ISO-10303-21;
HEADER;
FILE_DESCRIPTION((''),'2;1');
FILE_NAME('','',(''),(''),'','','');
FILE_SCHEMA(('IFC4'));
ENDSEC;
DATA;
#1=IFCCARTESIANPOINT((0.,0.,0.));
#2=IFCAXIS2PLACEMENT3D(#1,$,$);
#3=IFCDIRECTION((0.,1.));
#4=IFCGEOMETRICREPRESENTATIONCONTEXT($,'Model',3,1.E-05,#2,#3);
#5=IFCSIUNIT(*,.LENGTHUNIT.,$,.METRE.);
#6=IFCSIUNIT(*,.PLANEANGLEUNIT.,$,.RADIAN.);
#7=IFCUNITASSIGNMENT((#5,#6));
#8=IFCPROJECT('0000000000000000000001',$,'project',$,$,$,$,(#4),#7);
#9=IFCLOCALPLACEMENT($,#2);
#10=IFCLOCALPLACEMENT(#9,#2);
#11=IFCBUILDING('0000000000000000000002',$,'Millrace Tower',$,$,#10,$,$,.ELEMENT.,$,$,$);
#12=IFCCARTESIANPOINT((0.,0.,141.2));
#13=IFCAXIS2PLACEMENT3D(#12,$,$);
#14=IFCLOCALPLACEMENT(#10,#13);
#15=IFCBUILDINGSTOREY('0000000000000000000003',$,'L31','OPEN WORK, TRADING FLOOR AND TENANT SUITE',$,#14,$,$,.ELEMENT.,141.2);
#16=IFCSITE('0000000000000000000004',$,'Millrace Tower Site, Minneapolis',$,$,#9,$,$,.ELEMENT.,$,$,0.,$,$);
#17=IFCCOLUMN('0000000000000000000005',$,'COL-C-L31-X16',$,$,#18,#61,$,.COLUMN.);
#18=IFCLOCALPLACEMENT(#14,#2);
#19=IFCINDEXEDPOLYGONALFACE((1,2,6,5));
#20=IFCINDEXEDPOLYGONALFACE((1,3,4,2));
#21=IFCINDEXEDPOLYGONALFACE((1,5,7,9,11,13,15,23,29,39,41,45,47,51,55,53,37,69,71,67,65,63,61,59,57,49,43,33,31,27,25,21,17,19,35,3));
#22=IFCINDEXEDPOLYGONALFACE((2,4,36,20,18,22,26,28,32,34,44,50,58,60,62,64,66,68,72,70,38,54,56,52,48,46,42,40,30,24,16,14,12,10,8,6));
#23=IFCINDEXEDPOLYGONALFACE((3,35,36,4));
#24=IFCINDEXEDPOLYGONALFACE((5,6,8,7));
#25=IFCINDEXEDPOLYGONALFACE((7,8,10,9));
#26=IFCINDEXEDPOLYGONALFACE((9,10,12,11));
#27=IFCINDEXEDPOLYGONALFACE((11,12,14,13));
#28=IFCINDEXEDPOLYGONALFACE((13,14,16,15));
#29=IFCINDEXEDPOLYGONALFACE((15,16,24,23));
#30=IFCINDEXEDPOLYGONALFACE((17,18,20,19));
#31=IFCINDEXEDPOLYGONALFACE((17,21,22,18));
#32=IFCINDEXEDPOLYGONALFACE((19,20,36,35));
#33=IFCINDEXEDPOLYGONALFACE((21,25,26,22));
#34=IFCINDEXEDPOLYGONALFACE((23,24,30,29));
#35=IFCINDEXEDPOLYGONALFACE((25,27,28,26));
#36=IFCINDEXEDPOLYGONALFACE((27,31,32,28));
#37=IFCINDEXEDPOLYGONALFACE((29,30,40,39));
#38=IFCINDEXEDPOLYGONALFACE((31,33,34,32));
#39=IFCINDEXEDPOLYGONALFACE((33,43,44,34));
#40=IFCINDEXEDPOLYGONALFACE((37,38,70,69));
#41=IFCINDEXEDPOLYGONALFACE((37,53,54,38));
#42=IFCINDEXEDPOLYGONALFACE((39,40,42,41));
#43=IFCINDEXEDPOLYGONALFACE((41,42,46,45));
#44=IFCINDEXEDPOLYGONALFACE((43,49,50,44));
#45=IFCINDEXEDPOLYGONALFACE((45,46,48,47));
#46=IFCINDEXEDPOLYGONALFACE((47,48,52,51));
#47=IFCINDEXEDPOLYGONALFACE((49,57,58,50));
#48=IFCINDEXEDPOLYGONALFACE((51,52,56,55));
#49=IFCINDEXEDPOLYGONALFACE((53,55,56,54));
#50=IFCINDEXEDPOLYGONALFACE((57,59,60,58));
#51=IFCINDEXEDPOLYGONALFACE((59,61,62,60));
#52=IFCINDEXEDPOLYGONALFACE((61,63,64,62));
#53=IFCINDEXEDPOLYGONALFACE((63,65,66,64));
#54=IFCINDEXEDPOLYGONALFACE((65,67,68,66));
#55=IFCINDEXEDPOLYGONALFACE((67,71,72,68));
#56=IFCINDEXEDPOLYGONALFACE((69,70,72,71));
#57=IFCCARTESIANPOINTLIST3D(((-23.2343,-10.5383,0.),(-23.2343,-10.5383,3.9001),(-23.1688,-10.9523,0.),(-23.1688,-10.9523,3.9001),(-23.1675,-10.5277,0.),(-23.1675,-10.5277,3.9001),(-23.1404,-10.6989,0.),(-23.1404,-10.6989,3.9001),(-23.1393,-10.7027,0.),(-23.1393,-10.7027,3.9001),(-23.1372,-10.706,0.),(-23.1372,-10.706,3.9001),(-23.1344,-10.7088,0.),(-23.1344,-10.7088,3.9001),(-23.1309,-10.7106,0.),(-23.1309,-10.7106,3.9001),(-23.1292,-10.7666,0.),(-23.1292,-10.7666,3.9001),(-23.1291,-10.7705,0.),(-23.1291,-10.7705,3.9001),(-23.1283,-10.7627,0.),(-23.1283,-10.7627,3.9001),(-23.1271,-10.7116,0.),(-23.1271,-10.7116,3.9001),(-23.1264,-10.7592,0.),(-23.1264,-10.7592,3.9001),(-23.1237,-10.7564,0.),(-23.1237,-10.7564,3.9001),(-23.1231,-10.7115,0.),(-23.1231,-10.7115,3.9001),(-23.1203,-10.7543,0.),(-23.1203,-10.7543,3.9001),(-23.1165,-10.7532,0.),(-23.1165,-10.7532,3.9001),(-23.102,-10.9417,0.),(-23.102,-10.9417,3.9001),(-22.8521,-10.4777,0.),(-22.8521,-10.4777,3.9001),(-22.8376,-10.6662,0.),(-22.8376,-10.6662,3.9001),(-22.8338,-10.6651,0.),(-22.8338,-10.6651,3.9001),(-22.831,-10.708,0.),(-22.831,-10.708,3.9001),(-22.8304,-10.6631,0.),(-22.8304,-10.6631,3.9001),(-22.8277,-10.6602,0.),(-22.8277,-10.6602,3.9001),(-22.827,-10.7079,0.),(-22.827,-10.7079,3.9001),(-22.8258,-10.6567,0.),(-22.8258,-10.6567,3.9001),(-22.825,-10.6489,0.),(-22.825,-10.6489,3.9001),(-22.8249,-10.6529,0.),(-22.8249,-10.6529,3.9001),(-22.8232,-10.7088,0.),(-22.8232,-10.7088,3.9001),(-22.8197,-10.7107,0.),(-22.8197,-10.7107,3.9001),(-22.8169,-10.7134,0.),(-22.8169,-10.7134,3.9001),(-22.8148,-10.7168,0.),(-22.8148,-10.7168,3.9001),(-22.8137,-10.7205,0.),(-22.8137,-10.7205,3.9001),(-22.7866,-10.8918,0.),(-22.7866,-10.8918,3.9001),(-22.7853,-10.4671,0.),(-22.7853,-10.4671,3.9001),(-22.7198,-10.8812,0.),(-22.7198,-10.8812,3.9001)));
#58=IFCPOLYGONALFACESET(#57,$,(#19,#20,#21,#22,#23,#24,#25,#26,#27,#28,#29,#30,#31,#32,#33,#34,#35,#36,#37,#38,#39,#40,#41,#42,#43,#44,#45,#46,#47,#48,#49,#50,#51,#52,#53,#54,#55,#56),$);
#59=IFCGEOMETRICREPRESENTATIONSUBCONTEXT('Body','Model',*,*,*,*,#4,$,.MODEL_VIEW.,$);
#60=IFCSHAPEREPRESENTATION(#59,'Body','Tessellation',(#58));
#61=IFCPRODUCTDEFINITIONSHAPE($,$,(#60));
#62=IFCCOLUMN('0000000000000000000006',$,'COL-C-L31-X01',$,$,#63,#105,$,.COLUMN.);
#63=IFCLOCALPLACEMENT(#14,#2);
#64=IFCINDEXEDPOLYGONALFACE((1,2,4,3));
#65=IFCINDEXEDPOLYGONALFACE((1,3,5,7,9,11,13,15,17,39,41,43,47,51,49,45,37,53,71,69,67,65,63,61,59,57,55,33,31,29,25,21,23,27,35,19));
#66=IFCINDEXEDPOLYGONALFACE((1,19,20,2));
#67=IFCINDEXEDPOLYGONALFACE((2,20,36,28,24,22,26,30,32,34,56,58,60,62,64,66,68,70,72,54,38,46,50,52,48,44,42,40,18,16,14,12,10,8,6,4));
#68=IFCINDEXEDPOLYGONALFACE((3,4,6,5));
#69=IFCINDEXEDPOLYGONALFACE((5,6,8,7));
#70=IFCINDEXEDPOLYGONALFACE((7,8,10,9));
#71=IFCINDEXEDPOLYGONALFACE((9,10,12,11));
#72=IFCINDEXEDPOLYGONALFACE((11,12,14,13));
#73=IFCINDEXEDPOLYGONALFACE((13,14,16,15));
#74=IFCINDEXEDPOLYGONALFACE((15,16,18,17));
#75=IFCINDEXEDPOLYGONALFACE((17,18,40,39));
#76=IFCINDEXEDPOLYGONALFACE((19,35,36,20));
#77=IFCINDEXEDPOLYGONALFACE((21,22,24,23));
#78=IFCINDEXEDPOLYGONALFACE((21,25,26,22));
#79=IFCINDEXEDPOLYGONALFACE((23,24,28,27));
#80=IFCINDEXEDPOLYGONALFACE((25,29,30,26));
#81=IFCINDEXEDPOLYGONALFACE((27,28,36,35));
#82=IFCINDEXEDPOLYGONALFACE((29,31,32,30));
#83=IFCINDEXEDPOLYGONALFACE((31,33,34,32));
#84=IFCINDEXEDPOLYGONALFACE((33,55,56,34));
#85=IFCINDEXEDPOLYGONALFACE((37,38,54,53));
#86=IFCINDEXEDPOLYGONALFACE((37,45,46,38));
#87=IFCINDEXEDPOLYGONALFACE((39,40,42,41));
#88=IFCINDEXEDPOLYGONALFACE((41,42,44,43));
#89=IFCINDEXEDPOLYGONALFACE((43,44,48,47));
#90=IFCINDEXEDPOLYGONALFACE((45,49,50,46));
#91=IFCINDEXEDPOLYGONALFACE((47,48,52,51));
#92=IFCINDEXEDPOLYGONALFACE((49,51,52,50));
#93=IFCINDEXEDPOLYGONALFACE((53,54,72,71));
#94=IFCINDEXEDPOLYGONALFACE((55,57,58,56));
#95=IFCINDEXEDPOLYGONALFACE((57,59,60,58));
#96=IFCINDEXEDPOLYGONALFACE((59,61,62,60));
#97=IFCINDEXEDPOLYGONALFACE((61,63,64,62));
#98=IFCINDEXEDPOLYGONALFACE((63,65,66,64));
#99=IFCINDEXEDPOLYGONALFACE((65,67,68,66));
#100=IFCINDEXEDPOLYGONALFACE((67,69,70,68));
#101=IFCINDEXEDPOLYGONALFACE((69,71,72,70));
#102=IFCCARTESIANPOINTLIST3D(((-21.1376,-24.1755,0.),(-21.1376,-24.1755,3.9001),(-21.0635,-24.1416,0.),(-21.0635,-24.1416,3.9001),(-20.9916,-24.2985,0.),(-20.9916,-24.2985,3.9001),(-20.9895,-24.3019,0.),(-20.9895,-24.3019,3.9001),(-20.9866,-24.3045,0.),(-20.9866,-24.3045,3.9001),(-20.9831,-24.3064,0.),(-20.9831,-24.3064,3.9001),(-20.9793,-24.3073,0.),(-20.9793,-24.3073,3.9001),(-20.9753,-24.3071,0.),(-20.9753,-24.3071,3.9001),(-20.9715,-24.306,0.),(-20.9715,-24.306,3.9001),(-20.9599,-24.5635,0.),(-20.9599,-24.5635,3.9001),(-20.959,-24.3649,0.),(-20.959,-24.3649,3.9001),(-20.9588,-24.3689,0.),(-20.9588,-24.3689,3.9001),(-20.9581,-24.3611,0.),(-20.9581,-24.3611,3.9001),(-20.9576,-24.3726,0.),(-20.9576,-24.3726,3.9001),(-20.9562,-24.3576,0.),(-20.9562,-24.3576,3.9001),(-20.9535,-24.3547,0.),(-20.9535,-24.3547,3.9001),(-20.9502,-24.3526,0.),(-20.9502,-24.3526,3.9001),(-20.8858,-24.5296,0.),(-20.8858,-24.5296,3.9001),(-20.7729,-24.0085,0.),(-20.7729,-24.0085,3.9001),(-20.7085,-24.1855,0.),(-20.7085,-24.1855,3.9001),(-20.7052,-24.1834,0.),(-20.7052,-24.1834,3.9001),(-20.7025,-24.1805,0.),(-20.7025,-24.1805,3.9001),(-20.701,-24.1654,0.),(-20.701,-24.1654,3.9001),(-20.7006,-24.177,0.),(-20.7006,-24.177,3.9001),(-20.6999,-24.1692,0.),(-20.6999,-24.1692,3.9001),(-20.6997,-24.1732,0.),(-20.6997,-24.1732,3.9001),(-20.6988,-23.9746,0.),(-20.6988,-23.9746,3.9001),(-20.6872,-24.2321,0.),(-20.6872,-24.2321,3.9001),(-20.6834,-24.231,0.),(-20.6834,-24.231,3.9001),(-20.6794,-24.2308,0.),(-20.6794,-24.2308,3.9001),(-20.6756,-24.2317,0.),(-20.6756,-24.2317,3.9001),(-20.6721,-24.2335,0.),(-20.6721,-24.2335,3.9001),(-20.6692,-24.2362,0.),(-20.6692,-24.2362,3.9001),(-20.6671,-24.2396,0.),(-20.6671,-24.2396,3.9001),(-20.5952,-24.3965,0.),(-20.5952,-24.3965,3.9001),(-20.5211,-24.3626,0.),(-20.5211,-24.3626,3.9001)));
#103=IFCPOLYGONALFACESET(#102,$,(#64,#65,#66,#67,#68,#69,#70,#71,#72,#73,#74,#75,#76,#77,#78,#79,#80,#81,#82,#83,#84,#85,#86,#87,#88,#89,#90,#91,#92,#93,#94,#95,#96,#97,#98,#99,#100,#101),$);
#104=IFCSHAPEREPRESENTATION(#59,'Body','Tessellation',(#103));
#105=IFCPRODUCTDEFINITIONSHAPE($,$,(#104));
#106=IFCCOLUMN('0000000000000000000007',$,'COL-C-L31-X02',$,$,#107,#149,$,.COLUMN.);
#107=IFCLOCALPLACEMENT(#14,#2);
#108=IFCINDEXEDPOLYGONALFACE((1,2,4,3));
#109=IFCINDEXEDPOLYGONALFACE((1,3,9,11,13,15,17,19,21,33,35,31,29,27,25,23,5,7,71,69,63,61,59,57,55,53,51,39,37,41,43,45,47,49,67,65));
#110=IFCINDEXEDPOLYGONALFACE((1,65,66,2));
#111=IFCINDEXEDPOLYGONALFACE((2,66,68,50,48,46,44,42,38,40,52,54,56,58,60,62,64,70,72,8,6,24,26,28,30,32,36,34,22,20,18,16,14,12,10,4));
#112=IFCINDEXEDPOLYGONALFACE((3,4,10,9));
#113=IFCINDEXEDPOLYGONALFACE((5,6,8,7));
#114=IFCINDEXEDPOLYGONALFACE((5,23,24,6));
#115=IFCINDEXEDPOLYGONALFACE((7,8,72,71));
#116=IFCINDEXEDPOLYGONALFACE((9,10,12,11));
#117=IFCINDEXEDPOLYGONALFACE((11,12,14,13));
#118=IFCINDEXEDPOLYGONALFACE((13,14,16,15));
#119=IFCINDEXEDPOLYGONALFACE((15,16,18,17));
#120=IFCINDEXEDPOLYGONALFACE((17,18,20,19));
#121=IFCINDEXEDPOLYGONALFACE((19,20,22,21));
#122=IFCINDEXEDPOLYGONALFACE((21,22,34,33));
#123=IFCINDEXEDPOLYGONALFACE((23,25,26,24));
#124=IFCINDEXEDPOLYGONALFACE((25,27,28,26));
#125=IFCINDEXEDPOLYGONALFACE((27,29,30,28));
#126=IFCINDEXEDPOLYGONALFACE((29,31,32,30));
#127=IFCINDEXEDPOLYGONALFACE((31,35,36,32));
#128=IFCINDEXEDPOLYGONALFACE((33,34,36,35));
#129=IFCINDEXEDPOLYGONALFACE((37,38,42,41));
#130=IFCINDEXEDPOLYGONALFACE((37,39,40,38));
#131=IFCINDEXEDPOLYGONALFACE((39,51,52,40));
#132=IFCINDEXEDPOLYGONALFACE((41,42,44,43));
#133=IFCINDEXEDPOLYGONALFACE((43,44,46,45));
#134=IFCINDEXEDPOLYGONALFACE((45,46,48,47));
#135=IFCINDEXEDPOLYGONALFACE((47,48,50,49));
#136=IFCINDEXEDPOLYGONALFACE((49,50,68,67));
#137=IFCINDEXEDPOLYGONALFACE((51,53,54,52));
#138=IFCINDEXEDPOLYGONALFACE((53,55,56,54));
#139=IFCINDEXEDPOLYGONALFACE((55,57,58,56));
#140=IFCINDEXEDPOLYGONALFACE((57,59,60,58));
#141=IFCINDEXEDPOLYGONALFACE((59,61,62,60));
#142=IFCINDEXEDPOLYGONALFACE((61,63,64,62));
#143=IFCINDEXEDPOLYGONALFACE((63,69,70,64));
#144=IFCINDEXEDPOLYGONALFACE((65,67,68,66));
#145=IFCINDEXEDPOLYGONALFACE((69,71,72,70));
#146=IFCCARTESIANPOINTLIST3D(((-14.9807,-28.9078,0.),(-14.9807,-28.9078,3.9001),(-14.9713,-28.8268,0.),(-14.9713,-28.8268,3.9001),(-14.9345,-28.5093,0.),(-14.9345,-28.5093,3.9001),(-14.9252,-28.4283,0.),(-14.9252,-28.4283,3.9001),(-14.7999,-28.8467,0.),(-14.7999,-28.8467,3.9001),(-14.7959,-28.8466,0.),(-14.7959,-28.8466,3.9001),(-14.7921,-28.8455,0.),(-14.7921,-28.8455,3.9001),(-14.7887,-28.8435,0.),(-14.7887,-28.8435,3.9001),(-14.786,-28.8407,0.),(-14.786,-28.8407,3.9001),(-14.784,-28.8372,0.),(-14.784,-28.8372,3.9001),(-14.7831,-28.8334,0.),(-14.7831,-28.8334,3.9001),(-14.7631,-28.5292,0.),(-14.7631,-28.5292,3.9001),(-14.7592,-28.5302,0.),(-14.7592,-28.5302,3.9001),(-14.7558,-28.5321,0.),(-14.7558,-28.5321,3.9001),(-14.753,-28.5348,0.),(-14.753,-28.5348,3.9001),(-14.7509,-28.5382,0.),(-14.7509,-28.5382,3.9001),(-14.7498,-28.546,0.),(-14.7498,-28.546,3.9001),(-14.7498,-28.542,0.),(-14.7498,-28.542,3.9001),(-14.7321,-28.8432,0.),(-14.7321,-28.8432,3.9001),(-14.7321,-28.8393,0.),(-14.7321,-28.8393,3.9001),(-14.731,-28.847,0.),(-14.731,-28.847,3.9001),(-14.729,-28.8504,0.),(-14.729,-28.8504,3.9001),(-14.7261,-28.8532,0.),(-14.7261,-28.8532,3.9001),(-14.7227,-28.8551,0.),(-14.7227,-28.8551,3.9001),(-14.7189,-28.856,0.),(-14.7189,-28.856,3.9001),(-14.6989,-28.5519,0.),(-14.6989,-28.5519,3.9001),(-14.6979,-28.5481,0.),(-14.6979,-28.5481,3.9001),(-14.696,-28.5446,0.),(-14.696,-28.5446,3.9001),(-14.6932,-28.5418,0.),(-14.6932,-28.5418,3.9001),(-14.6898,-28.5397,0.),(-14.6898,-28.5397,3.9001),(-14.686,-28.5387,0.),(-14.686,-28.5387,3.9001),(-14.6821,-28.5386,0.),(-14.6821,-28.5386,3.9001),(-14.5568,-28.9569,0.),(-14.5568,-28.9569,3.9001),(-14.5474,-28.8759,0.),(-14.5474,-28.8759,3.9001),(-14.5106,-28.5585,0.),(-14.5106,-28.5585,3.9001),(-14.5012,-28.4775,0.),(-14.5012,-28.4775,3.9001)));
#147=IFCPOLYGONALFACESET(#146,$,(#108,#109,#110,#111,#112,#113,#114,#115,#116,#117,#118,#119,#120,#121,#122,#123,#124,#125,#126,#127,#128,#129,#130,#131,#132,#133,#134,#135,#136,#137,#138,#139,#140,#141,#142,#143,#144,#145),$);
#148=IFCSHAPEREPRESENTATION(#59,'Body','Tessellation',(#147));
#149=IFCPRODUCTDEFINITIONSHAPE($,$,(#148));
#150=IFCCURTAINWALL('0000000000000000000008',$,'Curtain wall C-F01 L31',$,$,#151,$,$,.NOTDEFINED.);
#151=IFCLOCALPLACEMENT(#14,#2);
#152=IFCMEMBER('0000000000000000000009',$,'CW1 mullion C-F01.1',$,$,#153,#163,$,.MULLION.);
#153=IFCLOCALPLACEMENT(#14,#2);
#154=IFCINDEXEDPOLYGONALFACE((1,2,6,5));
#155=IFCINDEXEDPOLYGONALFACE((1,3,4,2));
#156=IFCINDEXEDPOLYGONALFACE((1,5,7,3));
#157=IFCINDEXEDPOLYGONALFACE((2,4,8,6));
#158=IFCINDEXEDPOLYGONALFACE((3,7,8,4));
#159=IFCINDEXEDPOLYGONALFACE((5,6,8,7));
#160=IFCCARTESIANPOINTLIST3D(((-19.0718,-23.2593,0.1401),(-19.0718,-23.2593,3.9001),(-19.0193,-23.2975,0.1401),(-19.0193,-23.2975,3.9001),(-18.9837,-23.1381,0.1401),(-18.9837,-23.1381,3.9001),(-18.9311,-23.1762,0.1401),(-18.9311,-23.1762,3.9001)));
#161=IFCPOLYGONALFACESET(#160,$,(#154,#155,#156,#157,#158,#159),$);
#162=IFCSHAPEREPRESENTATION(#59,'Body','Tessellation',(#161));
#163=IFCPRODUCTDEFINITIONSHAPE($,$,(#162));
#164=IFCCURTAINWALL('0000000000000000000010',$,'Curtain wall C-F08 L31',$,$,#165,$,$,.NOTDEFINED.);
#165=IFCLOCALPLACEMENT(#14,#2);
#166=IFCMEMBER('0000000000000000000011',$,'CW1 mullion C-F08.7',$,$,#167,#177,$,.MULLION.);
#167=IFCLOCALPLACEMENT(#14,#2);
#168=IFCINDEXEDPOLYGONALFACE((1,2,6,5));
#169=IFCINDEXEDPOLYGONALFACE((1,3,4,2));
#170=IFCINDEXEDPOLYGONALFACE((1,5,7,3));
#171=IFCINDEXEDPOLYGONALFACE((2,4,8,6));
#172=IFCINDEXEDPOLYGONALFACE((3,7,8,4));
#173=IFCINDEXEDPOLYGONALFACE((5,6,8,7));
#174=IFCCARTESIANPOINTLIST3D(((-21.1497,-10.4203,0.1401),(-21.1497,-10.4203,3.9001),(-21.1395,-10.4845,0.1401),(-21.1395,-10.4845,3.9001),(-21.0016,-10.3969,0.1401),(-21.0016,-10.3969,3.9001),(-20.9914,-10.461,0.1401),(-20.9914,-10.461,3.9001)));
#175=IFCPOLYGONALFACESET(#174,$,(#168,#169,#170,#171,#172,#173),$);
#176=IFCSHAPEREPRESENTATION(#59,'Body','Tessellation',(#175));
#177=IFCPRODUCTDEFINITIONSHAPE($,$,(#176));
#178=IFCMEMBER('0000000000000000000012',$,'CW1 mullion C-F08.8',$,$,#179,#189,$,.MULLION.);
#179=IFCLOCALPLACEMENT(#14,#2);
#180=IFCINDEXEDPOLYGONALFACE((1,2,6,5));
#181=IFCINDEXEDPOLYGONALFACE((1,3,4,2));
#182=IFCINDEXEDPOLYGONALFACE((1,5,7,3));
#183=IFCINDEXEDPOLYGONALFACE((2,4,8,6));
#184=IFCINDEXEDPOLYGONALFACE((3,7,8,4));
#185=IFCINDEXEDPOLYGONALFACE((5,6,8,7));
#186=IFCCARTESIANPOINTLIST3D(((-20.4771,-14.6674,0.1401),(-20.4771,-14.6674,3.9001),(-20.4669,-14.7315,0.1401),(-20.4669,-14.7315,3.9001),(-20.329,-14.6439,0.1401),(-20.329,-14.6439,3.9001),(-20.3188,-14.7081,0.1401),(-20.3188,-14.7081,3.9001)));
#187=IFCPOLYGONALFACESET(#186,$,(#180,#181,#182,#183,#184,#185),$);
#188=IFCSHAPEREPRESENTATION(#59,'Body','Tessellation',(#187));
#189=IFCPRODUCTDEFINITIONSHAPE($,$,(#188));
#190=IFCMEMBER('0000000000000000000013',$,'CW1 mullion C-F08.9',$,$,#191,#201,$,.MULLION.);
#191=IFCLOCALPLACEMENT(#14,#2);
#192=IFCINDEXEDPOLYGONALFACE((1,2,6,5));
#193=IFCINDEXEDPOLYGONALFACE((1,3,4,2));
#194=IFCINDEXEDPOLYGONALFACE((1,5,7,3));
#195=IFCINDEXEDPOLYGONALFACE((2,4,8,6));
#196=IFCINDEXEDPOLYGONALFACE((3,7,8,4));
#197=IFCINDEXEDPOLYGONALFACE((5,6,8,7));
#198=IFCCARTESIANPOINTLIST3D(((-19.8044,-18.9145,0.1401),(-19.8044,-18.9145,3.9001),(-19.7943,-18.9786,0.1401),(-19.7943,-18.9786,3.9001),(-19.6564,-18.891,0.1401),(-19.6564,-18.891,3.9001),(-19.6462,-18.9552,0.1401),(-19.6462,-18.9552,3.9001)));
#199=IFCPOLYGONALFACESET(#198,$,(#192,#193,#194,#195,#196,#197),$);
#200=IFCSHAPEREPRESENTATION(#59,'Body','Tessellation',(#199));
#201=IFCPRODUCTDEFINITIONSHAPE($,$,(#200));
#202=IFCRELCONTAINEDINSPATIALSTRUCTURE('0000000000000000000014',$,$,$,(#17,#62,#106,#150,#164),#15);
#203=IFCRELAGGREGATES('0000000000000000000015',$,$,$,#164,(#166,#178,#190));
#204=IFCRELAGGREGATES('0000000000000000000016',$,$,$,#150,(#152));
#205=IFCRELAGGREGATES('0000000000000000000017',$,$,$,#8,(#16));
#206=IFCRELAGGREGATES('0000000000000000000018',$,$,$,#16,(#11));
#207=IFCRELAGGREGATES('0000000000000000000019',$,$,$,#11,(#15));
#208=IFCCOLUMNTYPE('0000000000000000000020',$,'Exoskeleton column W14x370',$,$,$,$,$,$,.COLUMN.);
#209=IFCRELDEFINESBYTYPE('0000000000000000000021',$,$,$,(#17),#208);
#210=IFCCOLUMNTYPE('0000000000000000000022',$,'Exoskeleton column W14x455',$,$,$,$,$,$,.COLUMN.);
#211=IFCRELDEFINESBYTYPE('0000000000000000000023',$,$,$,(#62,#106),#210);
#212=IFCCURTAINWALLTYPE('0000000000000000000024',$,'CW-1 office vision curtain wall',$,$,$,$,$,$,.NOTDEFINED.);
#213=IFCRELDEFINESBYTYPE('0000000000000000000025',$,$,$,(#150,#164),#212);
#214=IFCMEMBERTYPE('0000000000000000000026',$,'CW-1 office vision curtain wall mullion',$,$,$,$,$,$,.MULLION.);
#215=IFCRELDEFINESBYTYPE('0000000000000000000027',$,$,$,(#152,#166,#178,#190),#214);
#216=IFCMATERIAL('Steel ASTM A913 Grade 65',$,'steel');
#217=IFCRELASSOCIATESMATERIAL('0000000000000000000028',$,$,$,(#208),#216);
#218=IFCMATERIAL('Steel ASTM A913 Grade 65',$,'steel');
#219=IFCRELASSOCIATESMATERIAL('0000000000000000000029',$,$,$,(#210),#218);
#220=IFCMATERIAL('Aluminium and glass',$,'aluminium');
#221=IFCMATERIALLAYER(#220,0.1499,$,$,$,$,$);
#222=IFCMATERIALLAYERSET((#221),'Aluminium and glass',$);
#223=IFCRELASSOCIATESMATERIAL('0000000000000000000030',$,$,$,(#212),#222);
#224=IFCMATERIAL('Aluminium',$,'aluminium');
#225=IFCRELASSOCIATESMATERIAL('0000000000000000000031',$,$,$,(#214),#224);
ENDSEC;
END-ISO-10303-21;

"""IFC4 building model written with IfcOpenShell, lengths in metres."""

from ifc_helpers import new_model, si_unit, direction, frame, origin, origin_2d, place, context, subcontext, project, spatial, rectangle, i_section, extrude, material, layer, layer_set, material_profile, profile_set, type_object, element, aggregate, save


model = new_model("IFC4")

# Units and contexts
model_context = context("Model", 3, precision=1e-05, world=origin(), true_north=direction((0.0, 1.0)))
body_context = subcontext(model_context, "Body", "Model", "MODEL_VIEW")
ifc_project = project(units=[si_unit("LENGTHUNIT", "METRE"), si_unit("PLANEANGLEUNIT", "RADIAN")], contexts=[model_context])

# Site, building, storey
site_placement = place(None, origin())
site = spatial("IfcSite", under=ifc_project, at=site_placement, Name="Millrace Tower Site, Minneapolis", CompositionType="ELEMENT", RefElevation=0.0)
building_placement = place(site_placement, origin())
building = spatial("IfcBuilding", under=site, at=building_placement, Name="Millrace Tower", CompositionType="ELEMENT")
storey_placement = place(building_placement, frame((0.0, 0.0, 141.2)))
storey = spatial("IfcBuildingStorey", under=building, at=storey_placement, Name="L31", Description="OPEN WORK, TRADING FLOOR AND TENANT SUITE", CompositionType="ELEMENT", Elevation=141.2)

# Columns
ifc_material_1 = material(Name="Steel ASTM A913 Grade 65", Category="steel")
ifc_material_profile_1 = material_profile(ifc_material_1, i_section(OverallWidth=0.4192, OverallDepth=0.4546, WebThickness=0.0422, FlangeThickness=0.0676, FilletRadius=0.0151, at=origin_2d()))
ifc_profile_set_1 = profile_set([ifc_material_profile_1], Name="Steel ASTM A913 Grade 65")
column_type_1 = type_object("IfcColumnType", Name="Exoskeleton column W14x370", PredefinedType="COLUMN", material=ifc_profile_set_1)
column_placement = place(storey_placement, frame((-22.9771, -10.7097, 0.0), z_axis=(0.0, 0.0, 1.0), x_axis=(0.156434, -0.987688, 0.0)))
element("IfcColumn", 1, at=column_placement, inside=storey, type_object=column_type_1, Name="COL-C-L31-X16", PredefinedType="COLUMN", context=body_context, shape_type="SweptSolid", body=[
    extrude(i_section(OverallWidth=0.4192, OverallDepth=0.4546, WebThickness=0.0422, FlangeThickness=0.0676, FilletRadius=0.0151, at=origin_2d()), origin(), (0.0, 0.0, 1.0), 3.9001),
])
ifc_material_2 = material(Name="Steel ASTM A913 Grade 65", Category="steel")
ifc_material_profile_2 = material_profile(ifc_material_2, i_section(OverallWidth=0.4268, OverallDepth=0.4827, WebThickness=0.0513, FlangeThickness=0.0815, FilletRadius=0.0151, at=origin_2d()))
ifc_profile_set_2 = profile_set([ifc_material_profile_2], Name="Steel ASTM A913 Grade 65")
column_type_2 = type_object("IfcColumnType", Name="Exoskeleton column W14x455", PredefinedType="COLUMN", material=ifc_profile_set_2)
for number, where, z_axis, x_axis, name in (
    (2, (-20.8293, -24.269, 0.0), (0.0, 0.0, 1.0), (0.416401, -0.909181, 0.0), "COL-C-L31-X01"),
    (3, (-14.741, -28.6926, 0.0), (0.0, 0.0, 1.0), (0.993358, -0.115069, 0.0), "COL-C-L31-X02"),
):
    element("IfcColumn", number, at=place(storey_placement, frame(where, z_axis=z_axis, x_axis=x_axis)), inside=storey, type_object=column_type_2, Name=name, PredefinedType="COLUMN", context=body_context, shape_type="SweptSolid", body=[
        extrude(i_section(OverallWidth=0.4268, OverallDepth=0.4827, WebThickness=0.0513, FlangeThickness=0.0815, FilletRadius=0.0151, at=origin_2d()), origin(), (0.0, 0.0, 1.0), 3.9001),
    ])

# Curtain wall, member
ifc_material_3 = material(Name="Aluminium and glass", Category="aluminium")
ifc_layer_1 = layer(ifc_material_3, 0.1499)
ifc_layer_set_1 = layer_set([ifc_layer_1], Name="Aluminium and glass")
curtain_wall_type = type_object("IfcCurtainWallType", Name="CW-1 office vision curtain wall", PredefinedType="NOTDEFINED", material=ifc_layer_set_1)
placement = place(storey_placement, origin())
curtain_wall_1 = element("IfcCurtainWall", 4, at=placement, inside=storey, type_object=curtain_wall_type, Name="Curtain wall C-F01 L31", PredefinedType="NOTDEFINED")
ifc_material_4 = material(Name="Aluminium", Category="aluminium")
ifc_material_profile_3 = material_profile(ifc_material_4, rectangle(XDim=0.0649, YDim=0.1499, at=origin_2d()))
ifc_profile_set_3 = profile_set([ifc_material_profile_3], Name="Aluminium")
member_type_1 = type_object("IfcMemberType", Name="CW-1 office vision curtain wall mullion", PredefinedType="MULLION", material=ifc_profile_set_3)
member_1_placement = place(storey_placement, frame((-19.0015, -23.2178, 0.1401), z_axis=(0.0, 0.0, 1.0), x_axis=(0.809017, -0.587785, 0.0)))
member_1 = element("IfcMember", 5, at=member_1_placement, type_object=member_type_1, Name="CW1 mullion C-F01.1", PredefinedType="MULLION", context=body_context, shape_type="SweptSolid", body=[
    extrude(rectangle(XDim=0.0649, YDim=0.1499, at=origin_2d()), origin(), (0.0, 0.0, 1.0), 3.76),
])

# Curtain wall, members
curtain_wall_2 = element("IfcCurtainWall", 6, at=placement, inside=storey, type_object=curtain_wall_type, Name="Curtain wall C-F08 L31", PredefinedType="NOTDEFINED")
member_2_placement = place(storey_placement, frame((-21.0706, -10.4407, 0.1401), z_axis=(0.0, 0.0, 1.0), x_axis=(0.156434, -0.987688, 0.0)))
member_2 = element("IfcMember", 7, at=member_2_placement, type_object=member_type_1, Name="CW1 mullion C-F08.7", PredefinedType="MULLION", context=body_context, shape_type="SweptSolid", body=[
    extrude(rectangle(XDim=0.0649, YDim=0.1499, at=origin_2d()), origin(), (0.0, 0.0, 1.0), 3.76),
])
member_3_placement = place(storey_placement, frame((-20.3979, -14.6877, 0.1401), z_axis=(0.0, 0.0, 1.0), x_axis=(0.156434, -0.987688, 0.0)))
member_3 = element("IfcMember", 8, at=member_3_placement, type_object=member_type_1, Name="CW1 mullion C-F08.8", PredefinedType="MULLION", context=body_context, shape_type="SweptSolid", body=[
    extrude(rectangle(XDim=0.0649, YDim=0.1499, at=origin_2d()), origin(), (0.0, 0.0, 1.0), 3.76),
])
member_4_placement = place(storey_placement, frame((-19.7253, -18.9348, 0.1401), z_axis=(0.0, 0.0, 1.0), x_axis=(0.156434, -0.987688, 0.0)))
member_4 = element("IfcMember", 9, at=member_4_placement, type_object=member_type_1, Name="CW1 mullion C-F08.9", PredefinedType="MULLION", context=body_context, shape_type="SweptSolid", body=[
    extrude(rectangle(XDim=0.0649, YDim=0.1499, at=origin_2d()), origin(), (0.0, 0.0, 1.0), 3.76),
])
aggregate(curtain_wall_2, [member_2, member_3, member_4])

aggregate(curtain_wall_1, [member_1])

save(model, "model.ifc")
